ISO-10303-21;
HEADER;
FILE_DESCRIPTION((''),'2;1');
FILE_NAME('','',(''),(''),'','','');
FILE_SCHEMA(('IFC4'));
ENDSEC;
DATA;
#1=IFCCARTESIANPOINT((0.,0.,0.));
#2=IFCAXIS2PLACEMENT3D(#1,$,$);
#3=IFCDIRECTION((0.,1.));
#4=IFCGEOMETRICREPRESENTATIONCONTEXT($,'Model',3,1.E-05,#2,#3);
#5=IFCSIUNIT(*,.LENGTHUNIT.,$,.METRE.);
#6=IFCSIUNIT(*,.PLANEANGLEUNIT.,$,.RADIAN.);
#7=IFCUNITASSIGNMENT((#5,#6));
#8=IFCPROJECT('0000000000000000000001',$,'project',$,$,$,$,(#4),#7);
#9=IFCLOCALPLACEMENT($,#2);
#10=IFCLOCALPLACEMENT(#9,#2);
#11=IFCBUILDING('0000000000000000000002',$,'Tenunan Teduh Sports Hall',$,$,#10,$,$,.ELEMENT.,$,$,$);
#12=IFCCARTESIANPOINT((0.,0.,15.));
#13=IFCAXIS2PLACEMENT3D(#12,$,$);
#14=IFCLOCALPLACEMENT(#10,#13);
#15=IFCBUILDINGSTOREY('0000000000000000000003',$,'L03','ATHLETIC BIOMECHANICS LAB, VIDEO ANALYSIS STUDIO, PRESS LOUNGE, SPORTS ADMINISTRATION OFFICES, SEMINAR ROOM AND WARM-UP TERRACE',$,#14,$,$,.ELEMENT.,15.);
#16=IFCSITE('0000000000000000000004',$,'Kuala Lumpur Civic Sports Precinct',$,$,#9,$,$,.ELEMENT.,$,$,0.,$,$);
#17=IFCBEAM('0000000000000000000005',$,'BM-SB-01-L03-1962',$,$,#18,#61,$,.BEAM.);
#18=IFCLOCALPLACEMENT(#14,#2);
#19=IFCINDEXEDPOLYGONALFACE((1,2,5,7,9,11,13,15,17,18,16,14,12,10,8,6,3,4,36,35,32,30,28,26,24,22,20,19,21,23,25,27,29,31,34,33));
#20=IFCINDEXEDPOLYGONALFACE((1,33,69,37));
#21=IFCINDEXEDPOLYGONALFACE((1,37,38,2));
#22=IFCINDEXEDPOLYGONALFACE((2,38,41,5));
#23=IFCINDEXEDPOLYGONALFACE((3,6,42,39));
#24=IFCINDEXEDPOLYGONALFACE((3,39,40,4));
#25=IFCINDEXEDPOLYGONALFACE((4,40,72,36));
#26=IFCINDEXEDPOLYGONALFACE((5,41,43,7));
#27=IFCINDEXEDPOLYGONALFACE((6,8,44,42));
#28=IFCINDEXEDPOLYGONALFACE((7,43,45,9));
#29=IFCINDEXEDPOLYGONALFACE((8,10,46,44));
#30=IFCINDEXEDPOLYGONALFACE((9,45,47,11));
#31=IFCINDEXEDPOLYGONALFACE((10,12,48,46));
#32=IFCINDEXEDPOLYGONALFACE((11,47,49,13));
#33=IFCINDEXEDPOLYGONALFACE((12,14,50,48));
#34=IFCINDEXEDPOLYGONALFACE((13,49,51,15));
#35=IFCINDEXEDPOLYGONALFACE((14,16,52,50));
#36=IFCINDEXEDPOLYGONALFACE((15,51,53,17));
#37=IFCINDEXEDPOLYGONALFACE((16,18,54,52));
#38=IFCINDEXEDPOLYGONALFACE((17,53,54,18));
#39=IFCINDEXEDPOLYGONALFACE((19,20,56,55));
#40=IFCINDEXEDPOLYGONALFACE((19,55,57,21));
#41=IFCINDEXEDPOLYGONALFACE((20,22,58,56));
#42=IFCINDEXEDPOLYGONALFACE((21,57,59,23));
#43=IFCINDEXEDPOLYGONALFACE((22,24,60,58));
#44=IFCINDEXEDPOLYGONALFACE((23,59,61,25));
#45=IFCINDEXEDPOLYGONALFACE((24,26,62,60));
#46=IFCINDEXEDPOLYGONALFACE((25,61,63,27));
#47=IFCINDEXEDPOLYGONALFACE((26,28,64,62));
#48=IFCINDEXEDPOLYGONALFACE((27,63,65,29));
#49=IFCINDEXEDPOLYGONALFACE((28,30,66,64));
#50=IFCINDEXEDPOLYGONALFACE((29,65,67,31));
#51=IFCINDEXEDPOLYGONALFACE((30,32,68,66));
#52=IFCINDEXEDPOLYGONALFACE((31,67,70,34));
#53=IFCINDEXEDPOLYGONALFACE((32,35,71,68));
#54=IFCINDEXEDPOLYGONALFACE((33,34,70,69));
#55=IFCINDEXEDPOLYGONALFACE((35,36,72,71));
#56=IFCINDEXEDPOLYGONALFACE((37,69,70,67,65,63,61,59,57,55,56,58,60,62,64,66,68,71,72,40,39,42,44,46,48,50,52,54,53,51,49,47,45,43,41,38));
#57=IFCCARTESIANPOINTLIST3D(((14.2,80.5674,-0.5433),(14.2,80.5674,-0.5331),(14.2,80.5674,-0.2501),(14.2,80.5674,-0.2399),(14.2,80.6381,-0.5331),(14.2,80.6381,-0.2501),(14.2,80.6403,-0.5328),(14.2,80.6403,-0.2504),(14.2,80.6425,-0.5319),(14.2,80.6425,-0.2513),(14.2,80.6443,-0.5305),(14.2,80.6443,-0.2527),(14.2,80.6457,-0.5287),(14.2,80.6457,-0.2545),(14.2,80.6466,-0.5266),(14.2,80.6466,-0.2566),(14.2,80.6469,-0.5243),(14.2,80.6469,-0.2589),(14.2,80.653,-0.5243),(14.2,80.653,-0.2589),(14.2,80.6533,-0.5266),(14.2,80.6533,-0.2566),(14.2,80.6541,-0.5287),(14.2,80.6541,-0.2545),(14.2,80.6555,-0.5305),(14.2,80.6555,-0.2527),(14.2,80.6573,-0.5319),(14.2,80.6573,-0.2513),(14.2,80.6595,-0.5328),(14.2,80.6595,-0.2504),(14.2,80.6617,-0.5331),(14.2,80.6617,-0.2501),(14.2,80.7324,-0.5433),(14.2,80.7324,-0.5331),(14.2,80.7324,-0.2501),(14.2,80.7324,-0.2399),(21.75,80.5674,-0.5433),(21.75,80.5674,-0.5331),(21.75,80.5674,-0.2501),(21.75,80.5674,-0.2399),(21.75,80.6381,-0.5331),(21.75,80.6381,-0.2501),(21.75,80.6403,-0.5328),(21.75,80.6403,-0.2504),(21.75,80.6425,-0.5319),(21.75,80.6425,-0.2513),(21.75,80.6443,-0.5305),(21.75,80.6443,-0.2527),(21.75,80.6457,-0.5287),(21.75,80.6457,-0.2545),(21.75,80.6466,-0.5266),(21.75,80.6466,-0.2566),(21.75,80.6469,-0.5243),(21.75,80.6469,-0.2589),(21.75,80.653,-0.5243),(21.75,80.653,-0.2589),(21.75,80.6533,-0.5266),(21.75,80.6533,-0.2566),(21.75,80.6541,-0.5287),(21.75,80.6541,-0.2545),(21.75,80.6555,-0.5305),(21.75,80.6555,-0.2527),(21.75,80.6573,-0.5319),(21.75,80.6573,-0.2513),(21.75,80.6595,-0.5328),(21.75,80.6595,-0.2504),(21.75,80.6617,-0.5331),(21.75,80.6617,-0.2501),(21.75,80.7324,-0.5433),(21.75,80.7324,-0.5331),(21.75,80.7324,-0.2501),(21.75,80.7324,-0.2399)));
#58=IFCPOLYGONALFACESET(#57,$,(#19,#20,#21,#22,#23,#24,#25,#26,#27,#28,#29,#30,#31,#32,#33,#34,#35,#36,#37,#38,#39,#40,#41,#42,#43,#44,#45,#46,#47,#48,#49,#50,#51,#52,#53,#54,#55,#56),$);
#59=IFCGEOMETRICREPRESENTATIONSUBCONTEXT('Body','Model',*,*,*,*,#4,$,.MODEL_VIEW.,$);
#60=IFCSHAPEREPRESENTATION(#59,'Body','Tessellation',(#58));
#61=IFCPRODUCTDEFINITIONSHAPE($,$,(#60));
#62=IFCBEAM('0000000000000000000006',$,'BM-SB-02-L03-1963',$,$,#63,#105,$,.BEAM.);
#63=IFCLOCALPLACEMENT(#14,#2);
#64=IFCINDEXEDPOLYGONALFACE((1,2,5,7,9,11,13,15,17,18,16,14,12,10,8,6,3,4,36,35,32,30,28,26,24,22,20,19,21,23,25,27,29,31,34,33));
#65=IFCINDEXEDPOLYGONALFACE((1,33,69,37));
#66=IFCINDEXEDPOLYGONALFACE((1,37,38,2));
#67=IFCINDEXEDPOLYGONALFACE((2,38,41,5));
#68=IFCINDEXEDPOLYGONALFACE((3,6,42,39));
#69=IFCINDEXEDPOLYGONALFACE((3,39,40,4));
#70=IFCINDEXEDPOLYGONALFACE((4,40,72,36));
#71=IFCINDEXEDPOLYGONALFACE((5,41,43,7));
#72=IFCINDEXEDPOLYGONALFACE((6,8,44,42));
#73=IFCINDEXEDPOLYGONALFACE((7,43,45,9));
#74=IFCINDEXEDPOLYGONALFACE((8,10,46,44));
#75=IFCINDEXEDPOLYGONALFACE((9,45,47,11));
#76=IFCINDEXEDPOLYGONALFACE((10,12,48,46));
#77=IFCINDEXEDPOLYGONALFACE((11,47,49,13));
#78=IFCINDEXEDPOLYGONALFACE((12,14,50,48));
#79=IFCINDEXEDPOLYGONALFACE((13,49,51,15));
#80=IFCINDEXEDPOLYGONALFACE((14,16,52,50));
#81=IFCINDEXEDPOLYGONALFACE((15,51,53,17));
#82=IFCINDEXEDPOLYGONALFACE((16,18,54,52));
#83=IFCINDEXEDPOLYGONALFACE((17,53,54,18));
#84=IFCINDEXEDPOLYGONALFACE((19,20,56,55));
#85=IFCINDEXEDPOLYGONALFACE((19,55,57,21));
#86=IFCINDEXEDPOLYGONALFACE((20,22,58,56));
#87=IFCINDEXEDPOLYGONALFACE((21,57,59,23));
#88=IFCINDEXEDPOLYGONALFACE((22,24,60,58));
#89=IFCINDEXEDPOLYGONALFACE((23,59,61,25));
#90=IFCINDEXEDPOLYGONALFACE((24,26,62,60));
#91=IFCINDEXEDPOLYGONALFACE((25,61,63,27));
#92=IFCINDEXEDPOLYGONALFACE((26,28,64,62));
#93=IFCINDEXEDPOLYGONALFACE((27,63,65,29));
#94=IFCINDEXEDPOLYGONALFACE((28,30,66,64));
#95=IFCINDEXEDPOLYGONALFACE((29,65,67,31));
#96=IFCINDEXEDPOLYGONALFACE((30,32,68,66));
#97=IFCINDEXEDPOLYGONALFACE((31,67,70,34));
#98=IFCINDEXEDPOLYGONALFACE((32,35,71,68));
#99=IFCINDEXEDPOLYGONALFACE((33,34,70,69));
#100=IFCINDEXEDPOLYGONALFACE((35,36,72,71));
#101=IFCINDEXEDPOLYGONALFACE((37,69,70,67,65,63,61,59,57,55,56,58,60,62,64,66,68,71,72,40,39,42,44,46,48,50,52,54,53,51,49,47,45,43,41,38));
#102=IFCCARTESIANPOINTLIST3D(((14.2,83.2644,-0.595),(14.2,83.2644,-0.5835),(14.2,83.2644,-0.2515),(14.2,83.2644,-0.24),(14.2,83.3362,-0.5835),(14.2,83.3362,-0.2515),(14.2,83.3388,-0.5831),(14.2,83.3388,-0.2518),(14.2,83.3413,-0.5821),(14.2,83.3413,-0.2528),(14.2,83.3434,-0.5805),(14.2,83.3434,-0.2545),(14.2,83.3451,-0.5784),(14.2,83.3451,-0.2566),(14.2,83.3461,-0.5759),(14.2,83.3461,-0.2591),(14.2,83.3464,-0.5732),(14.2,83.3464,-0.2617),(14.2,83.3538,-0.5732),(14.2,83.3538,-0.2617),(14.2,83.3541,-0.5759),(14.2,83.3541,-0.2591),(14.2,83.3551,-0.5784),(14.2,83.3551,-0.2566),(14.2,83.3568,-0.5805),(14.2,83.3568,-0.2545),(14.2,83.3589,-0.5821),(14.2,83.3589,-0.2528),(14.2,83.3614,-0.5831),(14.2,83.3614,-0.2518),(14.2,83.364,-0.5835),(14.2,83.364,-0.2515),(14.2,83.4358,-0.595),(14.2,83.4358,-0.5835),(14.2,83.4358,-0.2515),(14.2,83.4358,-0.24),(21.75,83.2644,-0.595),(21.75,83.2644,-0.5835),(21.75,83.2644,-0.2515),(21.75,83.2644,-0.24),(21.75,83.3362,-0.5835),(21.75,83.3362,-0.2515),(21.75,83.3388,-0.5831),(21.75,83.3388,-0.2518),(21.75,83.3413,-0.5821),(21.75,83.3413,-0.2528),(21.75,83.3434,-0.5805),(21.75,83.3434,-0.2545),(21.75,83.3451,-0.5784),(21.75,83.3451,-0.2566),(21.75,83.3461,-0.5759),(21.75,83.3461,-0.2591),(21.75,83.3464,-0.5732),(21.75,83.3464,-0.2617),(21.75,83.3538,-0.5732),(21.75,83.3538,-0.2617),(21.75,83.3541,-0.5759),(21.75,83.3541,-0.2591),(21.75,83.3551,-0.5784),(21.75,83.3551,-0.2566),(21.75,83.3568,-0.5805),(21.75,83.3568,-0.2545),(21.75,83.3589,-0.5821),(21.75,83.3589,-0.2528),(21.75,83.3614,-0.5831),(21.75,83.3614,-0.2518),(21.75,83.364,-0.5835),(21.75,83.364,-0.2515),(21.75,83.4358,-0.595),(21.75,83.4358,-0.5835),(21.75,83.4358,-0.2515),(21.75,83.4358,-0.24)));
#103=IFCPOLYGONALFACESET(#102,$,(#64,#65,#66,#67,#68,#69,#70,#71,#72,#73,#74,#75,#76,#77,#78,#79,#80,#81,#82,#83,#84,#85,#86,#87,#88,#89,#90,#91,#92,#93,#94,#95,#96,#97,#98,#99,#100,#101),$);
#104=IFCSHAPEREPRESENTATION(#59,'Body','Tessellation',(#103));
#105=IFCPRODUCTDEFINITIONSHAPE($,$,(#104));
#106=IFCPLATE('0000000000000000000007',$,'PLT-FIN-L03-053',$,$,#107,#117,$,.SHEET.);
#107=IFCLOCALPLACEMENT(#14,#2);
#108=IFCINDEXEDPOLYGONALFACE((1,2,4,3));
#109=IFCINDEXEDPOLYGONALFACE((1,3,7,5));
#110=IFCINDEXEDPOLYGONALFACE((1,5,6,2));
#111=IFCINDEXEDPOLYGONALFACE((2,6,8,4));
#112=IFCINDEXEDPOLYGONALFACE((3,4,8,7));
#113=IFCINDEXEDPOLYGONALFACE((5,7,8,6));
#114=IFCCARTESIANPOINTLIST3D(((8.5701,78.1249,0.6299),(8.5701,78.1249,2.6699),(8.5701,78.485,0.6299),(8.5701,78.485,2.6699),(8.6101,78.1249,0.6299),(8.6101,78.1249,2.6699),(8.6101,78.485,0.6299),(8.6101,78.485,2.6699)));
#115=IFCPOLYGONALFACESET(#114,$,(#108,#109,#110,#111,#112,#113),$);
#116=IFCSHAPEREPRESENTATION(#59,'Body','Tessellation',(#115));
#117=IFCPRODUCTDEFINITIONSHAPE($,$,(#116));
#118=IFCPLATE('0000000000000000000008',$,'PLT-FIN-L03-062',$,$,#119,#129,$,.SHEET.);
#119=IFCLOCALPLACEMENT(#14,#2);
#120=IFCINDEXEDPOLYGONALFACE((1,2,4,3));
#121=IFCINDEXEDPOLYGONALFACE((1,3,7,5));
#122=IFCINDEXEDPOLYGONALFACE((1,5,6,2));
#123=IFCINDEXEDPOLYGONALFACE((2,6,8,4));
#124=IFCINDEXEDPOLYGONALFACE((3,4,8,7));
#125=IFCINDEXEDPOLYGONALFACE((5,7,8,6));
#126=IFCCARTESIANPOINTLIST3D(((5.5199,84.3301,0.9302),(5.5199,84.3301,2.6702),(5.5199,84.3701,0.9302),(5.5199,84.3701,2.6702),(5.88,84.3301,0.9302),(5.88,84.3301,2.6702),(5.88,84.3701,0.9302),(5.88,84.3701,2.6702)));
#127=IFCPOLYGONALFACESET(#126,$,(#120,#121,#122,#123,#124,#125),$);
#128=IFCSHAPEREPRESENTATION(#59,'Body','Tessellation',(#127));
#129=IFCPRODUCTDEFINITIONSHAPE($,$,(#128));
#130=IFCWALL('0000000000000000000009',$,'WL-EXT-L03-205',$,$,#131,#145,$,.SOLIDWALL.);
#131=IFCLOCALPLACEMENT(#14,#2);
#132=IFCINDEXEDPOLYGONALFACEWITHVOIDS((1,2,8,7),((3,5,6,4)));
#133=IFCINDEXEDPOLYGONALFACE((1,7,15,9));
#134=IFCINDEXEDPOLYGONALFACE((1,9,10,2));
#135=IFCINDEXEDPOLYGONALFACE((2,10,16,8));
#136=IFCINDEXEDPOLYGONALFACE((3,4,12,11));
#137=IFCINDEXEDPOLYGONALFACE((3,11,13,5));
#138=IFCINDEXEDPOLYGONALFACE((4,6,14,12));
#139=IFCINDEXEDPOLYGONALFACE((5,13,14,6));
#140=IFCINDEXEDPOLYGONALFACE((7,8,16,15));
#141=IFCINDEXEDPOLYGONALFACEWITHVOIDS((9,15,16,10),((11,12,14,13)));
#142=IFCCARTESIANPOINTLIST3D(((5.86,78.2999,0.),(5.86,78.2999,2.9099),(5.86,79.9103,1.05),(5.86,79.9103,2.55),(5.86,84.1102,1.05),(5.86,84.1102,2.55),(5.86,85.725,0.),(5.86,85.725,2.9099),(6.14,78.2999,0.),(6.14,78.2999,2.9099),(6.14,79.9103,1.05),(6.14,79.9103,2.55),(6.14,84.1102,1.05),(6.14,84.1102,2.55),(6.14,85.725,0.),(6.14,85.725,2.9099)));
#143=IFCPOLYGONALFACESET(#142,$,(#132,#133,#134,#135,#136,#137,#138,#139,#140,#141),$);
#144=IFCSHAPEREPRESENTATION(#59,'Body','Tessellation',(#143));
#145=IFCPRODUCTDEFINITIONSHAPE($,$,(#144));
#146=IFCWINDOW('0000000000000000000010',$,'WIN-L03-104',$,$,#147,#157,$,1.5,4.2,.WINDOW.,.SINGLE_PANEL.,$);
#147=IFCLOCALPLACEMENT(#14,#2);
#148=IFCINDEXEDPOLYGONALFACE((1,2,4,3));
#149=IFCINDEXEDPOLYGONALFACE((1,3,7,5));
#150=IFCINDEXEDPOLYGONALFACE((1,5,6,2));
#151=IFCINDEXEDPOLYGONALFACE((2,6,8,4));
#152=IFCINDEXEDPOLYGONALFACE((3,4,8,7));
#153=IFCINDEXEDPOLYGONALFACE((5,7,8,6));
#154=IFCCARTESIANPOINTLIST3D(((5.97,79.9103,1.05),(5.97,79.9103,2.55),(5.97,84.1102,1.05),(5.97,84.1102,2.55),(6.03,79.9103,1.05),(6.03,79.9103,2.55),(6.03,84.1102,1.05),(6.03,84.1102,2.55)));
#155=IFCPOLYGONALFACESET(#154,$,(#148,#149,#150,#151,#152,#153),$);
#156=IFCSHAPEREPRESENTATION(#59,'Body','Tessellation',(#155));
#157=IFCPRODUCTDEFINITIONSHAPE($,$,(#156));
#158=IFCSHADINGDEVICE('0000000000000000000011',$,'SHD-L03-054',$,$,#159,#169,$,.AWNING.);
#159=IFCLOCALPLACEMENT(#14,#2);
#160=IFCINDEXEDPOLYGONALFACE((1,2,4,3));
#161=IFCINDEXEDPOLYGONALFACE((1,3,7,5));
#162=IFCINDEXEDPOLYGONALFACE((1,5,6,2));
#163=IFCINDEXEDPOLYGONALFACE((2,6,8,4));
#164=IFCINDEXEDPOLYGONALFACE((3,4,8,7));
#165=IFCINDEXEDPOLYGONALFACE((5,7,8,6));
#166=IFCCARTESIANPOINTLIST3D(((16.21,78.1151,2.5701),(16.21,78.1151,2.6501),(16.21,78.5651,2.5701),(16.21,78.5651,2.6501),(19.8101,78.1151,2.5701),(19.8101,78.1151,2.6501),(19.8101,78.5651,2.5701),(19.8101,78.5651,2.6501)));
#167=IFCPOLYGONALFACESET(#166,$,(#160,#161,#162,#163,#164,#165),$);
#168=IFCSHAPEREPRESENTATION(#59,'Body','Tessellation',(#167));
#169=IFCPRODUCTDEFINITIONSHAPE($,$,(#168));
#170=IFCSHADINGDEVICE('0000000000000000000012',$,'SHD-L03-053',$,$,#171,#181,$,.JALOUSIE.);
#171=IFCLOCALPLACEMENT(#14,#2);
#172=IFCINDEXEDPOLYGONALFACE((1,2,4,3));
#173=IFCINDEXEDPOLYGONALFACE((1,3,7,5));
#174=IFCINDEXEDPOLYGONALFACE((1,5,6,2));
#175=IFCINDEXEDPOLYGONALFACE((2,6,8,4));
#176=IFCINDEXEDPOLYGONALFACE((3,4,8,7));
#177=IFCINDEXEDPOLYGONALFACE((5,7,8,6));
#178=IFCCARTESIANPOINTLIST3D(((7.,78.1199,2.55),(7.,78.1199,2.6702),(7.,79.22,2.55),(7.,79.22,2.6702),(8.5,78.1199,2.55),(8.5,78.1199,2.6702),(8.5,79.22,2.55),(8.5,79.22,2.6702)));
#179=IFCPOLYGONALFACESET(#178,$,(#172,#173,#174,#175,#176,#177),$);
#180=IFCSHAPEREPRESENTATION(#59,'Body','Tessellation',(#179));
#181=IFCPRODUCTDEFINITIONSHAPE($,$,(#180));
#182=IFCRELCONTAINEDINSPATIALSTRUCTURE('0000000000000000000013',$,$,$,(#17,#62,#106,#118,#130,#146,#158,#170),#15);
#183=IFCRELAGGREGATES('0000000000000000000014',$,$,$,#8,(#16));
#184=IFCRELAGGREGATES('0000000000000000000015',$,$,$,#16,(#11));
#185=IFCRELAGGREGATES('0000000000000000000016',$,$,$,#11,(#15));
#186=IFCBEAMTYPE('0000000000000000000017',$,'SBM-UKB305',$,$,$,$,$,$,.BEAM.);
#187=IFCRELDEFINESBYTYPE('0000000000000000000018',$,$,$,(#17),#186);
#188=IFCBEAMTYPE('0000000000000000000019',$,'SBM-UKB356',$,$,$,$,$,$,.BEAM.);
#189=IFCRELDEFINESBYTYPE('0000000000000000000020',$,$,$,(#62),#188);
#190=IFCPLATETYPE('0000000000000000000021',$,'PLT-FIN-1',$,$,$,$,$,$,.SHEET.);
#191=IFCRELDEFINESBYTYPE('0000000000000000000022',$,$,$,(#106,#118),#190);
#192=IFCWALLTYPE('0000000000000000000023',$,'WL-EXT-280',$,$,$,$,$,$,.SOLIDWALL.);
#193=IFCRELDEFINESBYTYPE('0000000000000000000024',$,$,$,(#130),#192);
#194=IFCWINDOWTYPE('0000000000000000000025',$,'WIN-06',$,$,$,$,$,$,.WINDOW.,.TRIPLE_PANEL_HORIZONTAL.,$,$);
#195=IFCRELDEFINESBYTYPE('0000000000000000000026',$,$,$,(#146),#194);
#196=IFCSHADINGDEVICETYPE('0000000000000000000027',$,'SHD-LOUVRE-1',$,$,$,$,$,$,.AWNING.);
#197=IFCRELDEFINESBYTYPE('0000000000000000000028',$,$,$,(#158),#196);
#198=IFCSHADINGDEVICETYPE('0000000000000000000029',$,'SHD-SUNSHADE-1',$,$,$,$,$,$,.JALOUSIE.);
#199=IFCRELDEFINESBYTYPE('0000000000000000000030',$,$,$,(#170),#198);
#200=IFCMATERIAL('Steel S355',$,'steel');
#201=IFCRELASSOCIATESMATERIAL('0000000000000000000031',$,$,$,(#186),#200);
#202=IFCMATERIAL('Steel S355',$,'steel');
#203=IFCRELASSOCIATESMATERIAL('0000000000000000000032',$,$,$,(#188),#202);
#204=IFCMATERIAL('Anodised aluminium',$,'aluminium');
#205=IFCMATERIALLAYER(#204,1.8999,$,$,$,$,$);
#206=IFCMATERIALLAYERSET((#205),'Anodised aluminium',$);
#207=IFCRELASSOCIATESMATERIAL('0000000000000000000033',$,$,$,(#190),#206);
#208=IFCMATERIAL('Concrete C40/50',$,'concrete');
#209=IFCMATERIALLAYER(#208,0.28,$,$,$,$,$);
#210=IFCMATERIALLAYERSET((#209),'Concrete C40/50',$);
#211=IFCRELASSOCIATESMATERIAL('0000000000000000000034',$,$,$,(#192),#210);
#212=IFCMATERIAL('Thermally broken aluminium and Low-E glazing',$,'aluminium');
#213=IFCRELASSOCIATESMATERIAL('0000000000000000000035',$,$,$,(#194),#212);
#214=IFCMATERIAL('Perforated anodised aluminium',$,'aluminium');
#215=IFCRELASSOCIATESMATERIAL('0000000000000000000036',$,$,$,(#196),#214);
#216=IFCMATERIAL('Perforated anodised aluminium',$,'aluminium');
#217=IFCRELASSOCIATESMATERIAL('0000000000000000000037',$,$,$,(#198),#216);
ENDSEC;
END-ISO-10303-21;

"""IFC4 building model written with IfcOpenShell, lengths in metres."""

from ifc_helpers import new_model, si_unit, direction, frame, frame_2d, origin, origin_2d, place, context, subcontext, project, spatial, rectangle, i_section, extrude, material, layer, layer_set, material_profile, profile_set, type_object, element, fill, save


model = new_model("IFC4")

# Units and contexts
model_context = context("Model", 3, precision=1e-05, world=origin(), true_north=direction((0.0, 1.0)))
body_context = subcontext(model_context, "Body", "Model", "MODEL_VIEW")
ifc_project = project(units=[si_unit("LENGTHUNIT", "METRE"), si_unit("PLANEANGLEUNIT", "RADIAN")], contexts=[model_context])

# Site, building, storey
site_placement = place(None, origin())
site = spatial("IfcSite", under=ifc_project, at=site_placement, Name="Kuala Lumpur Civic Sports Precinct", CompositionType="ELEMENT", RefElevation=0.0)
building_placement = place(site_placement, origin())
building = spatial("IfcBuilding", under=site, at=building_placement, Name="Tenunan Teduh Sports Hall", CompositionType="ELEMENT")
storey_placement = place(building_placement, frame((0.0, 0.0, 15.0)))
storey = spatial("IfcBuildingStorey", under=building, at=storey_placement, Name="L03", Description="ATHLETIC BIOMECHANICS LAB, VIDEO ANALYSIS STUDIO, PRESS LOUNGE, SPORTS ADMINISTRATION OFFICES, SEMINAR ROOM AND WARM-UP TERRACE", CompositionType="ELEMENT", Elevation=15.0)

# Beams
ifc_material_1 = material(Name="Steel S355", Category="steel")
ifc_material_profile_1 = material_profile(ifc_material_1, i_section(OverallWidth=0.165, OverallDepth=0.3035, WebThickness=0.0061, FlangeThickness=0.0103, FilletRadius=0.0088, at=origin_2d()), Name="UKB 305x165x40")
ifc_profile_set_1 = profile_set([ifc_material_profile_1], Name="Steel S355")
beam_type_1 = type_object("IfcBeamType", Name="SBM-UKB305", PredefinedType="BEAM", material=ifc_profile_set_1)
beam_1_placement = place(storey_placement, frame((14.2, 80.6499, -0.3916), z_axis=(1.0, 0.0, 0.0), x_axis=(0.0, 1.0, 0.0)))
element("IfcBeam", 1, at=beam_1_placement, inside=storey, type_object=beam_type_1, Name="BM-SB-01-L03-1962", PredefinedType="BEAM", context=body_context, shape_type="SweptSolid", body=[
    extrude(i_section(OverallWidth=0.165, OverallDepth=0.3035, WebThickness=0.0061, FlangeThickness=0.0103, FilletRadius=0.0088, at=origin_2d()), origin(), (0.0, 0.0, 1.0), 7.55),
])
ifc_material_2 = material(Name="Steel S355", Category="steel")
ifc_material_profile_2 = material_profile(ifc_material_2, i_section(OverallWidth=0.1714, OverallDepth=0.355, WebThickness=0.0073, FlangeThickness=0.0115, FilletRadius=0.0103, at=origin_2d()), Name="UKB 356x171x51")
ifc_profile_set_2 = profile_set([ifc_material_profile_2], Name="Steel S355")
beam_type_2 = type_object("IfcBeamType", Name="SBM-UKB356", PredefinedType="BEAM", material=ifc_profile_set_2)
beam_2_placement = place(storey_placement, frame((14.2, 83.3501, -0.4175), z_axis=(1.0, 0.0, 0.0), x_axis=(0.0, 1.0, 0.0)))
element("IfcBeam", 2, at=beam_2_placement, inside=storey, type_object=beam_type_2, Name="BM-SB-02-L03-1963", PredefinedType="BEAM", context=body_context, shape_type="SweptSolid", body=[
    extrude(i_section(OverallWidth=0.1714, OverallDepth=0.355, WebThickness=0.0073, FlangeThickness=0.0115, FilletRadius=0.0103, at=origin_2d()), origin(), (0.0, 0.0, 1.0), 7.55),
])

# Plates
ifc_material_3 = material(Name="Anodised aluminium", Category="aluminium")
ifc_layer_1 = layer(ifc_material_3, 1.8999)
ifc_layer_set_1 = layer_set([ifc_layer_1], Name="Anodised aluminium")
plate_type = type_object("IfcPlateType", Name="PLT-FIN-1", PredefinedType="SHEET", material=ifc_layer_set_1)
plate_1_placement = place(storey_placement, frame((8.5901, 78.3049, 0.6299), z_axis=(0.0, 0.0, 1.0), x_axis=(1.0, 0.0, 0.0)))
element("IfcPlate", 3, at=plate_1_placement, inside=storey, type_object=plate_type, Name="PLT-FIN-L03-053", PredefinedType="SHEET", context=body_context, shape_type="SweptSolid", body=[
    extrude(rectangle(XDim=0.04, YDim=0.3601, at=origin_2d()), origin(), (0.0, 0.0, 1.0), 2.04),
])
plate_2_placement = place(storey_placement, frame((5.7, 84.3501, 0.9302), z_axis=(0.0, 0.0, 1.0), x_axis=(0.0, 1.0, 0.0)))
element("IfcPlate", 4, at=plate_2_placement, inside=storey, type_object=plate_type, Name="PLT-FIN-L03-062", PredefinedType="SHEET", context=body_context, shape_type="SweptSolid", body=[
    extrude(rectangle(XDim=0.04, YDim=0.3601, at=origin_2d()), origin(), (0.0, 0.0, 1.0), 1.74),
])

# Wall, opening, window
ifc_material_4 = material(Name="Concrete C40/50", Category="concrete")
ifc_layer_2 = layer(ifc_material_4, 0.28)
ifc_layer_set_2 = layer_set([ifc_layer_2], Name="Concrete C40/50")
wall_type = type_object("IfcWallType", Name="WL-EXT-280", PredefinedType="SOLIDWALL", material=ifc_layer_set_2)
wall_placement = place(storey_placement, frame((6.0, 78.3, 0.0), z_axis=(0.0, 0.0, 1.0), x_axis=(0.0, 1.0, 0.0)))
wall = element("IfcWall", 5, at=wall_placement, inside=storey, type_object=wall_type, Name="WL-EXT-L03-205", PredefinedType="SOLIDWALL", context=body_context, shape_type="SweptSolid", body=[
    extrude(rectangle(XDim=7.425, YDim=0.28, at=frame_2d((3.7124, 0.0))), origin(), (0.0, 0.0, 1.0), 2.9099),
])
opening_placement = place(wall_placement, frame((1.6101, 0.0, 1.05)))
opening = element("IfcOpeningElement", 6, at=opening_placement, cuts=wall, PredefinedType="OPENING", context=body_context, shape_type="SweptSolid", body=[
    extrude(rectangle(XDim=4.2, YDim=1.5, at=frame_2d((2.1001, 0.75))), frame((0.0, 0.1499, 0.0), z_axis=(0.0, -1.0, 0.0), x_axis=(1.0, 0.0, 0.0)), (0.0, 0.0, 1.0), 0.3),
])
ifc_material_5 = material(Name="Thermally broken aluminium and Low-E glazing", Category="aluminium")
window_type = type_object("IfcWindowType", Name="WIN-06", PartitioningType="TRIPLE_PANEL_HORIZONTAL", PredefinedType="WINDOW", material=ifc_material_5)
window_placement = place(opening_placement, origin())
window = element("IfcWindow", 7, at=window_placement, inside=storey, type_object=window_type, Name="WIN-L03-104", OverallHeight=1.5, OverallWidth=4.2, PartitioningType="SINGLE_PANEL", PredefinedType="WINDOW", context=body_context, shape_type="SweptSolid", body=[
    extrude(rectangle(XDim=4.2, YDim=1.5, at=frame_2d((2.1001, 0.75))), frame((0.0, 0.03, 0.0), z_axis=(0.0, -1.0, 0.0), x_axis=(1.0, 0.0, 0.0)), (0.0, 0.0, 1.0), 0.0601),
])
fill(opening, window)

# Shading devices
ifc_material_6 = material(Name="Perforated anodised aluminium", Category="aluminium")
shading_device_type_1 = type_object("IfcShadingDeviceType", Name="SHD-LOUVRE-1", PredefinedType="AWNING", material=ifc_material_6)
shading_device_1_placement = place(storey_placement, frame((18.01, 78.3401, 2.5701), z_axis=(0.0, 0.0, 1.0), x_axis=(1.0, 0.0, 0.0)))
element("IfcShadingDevice", 8, at=shading_device_1_placement, inside=storey, type_object=shading_device_type_1, Name="SHD-L03-054", PredefinedType="AWNING", context=body_context, shape_type="SweptSolid", body=[
    extrude(rectangle(XDim=3.6001, YDim=0.45, at=origin_2d()), origin(), (0.0, 0.0, 1.0), 0.0801),
])
ifc_material_7 = material(Name="Perforated anodised aluminium", Category="aluminium")
shading_device_type_2 = type_object("IfcShadingDeviceType", Name="SHD-SUNSHADE-1", PredefinedType="JALOUSIE", material=ifc_material_7)
shading_device_2_placement = place(storey_placement, frame((7.75, 78.6699, 2.55), z_axis=(0.0, 0.0, 1.0), x_axis=(1.0, 0.0, 0.0)))
element("IfcShadingDevice", 9, at=shading_device_2_placement, inside=storey, type_object=shading_device_type_2, Name="SHD-L03-053", PredefinedType="JALOUSIE", context=body_context, shape_type="SweptSolid", body=[
    extrude(rectangle(XDim=1.5, YDim=1.1001, at=origin_2d()), origin(), (0.0, 0.0, 1.0), 0.1201),
])

save(model, "model.ifc")
